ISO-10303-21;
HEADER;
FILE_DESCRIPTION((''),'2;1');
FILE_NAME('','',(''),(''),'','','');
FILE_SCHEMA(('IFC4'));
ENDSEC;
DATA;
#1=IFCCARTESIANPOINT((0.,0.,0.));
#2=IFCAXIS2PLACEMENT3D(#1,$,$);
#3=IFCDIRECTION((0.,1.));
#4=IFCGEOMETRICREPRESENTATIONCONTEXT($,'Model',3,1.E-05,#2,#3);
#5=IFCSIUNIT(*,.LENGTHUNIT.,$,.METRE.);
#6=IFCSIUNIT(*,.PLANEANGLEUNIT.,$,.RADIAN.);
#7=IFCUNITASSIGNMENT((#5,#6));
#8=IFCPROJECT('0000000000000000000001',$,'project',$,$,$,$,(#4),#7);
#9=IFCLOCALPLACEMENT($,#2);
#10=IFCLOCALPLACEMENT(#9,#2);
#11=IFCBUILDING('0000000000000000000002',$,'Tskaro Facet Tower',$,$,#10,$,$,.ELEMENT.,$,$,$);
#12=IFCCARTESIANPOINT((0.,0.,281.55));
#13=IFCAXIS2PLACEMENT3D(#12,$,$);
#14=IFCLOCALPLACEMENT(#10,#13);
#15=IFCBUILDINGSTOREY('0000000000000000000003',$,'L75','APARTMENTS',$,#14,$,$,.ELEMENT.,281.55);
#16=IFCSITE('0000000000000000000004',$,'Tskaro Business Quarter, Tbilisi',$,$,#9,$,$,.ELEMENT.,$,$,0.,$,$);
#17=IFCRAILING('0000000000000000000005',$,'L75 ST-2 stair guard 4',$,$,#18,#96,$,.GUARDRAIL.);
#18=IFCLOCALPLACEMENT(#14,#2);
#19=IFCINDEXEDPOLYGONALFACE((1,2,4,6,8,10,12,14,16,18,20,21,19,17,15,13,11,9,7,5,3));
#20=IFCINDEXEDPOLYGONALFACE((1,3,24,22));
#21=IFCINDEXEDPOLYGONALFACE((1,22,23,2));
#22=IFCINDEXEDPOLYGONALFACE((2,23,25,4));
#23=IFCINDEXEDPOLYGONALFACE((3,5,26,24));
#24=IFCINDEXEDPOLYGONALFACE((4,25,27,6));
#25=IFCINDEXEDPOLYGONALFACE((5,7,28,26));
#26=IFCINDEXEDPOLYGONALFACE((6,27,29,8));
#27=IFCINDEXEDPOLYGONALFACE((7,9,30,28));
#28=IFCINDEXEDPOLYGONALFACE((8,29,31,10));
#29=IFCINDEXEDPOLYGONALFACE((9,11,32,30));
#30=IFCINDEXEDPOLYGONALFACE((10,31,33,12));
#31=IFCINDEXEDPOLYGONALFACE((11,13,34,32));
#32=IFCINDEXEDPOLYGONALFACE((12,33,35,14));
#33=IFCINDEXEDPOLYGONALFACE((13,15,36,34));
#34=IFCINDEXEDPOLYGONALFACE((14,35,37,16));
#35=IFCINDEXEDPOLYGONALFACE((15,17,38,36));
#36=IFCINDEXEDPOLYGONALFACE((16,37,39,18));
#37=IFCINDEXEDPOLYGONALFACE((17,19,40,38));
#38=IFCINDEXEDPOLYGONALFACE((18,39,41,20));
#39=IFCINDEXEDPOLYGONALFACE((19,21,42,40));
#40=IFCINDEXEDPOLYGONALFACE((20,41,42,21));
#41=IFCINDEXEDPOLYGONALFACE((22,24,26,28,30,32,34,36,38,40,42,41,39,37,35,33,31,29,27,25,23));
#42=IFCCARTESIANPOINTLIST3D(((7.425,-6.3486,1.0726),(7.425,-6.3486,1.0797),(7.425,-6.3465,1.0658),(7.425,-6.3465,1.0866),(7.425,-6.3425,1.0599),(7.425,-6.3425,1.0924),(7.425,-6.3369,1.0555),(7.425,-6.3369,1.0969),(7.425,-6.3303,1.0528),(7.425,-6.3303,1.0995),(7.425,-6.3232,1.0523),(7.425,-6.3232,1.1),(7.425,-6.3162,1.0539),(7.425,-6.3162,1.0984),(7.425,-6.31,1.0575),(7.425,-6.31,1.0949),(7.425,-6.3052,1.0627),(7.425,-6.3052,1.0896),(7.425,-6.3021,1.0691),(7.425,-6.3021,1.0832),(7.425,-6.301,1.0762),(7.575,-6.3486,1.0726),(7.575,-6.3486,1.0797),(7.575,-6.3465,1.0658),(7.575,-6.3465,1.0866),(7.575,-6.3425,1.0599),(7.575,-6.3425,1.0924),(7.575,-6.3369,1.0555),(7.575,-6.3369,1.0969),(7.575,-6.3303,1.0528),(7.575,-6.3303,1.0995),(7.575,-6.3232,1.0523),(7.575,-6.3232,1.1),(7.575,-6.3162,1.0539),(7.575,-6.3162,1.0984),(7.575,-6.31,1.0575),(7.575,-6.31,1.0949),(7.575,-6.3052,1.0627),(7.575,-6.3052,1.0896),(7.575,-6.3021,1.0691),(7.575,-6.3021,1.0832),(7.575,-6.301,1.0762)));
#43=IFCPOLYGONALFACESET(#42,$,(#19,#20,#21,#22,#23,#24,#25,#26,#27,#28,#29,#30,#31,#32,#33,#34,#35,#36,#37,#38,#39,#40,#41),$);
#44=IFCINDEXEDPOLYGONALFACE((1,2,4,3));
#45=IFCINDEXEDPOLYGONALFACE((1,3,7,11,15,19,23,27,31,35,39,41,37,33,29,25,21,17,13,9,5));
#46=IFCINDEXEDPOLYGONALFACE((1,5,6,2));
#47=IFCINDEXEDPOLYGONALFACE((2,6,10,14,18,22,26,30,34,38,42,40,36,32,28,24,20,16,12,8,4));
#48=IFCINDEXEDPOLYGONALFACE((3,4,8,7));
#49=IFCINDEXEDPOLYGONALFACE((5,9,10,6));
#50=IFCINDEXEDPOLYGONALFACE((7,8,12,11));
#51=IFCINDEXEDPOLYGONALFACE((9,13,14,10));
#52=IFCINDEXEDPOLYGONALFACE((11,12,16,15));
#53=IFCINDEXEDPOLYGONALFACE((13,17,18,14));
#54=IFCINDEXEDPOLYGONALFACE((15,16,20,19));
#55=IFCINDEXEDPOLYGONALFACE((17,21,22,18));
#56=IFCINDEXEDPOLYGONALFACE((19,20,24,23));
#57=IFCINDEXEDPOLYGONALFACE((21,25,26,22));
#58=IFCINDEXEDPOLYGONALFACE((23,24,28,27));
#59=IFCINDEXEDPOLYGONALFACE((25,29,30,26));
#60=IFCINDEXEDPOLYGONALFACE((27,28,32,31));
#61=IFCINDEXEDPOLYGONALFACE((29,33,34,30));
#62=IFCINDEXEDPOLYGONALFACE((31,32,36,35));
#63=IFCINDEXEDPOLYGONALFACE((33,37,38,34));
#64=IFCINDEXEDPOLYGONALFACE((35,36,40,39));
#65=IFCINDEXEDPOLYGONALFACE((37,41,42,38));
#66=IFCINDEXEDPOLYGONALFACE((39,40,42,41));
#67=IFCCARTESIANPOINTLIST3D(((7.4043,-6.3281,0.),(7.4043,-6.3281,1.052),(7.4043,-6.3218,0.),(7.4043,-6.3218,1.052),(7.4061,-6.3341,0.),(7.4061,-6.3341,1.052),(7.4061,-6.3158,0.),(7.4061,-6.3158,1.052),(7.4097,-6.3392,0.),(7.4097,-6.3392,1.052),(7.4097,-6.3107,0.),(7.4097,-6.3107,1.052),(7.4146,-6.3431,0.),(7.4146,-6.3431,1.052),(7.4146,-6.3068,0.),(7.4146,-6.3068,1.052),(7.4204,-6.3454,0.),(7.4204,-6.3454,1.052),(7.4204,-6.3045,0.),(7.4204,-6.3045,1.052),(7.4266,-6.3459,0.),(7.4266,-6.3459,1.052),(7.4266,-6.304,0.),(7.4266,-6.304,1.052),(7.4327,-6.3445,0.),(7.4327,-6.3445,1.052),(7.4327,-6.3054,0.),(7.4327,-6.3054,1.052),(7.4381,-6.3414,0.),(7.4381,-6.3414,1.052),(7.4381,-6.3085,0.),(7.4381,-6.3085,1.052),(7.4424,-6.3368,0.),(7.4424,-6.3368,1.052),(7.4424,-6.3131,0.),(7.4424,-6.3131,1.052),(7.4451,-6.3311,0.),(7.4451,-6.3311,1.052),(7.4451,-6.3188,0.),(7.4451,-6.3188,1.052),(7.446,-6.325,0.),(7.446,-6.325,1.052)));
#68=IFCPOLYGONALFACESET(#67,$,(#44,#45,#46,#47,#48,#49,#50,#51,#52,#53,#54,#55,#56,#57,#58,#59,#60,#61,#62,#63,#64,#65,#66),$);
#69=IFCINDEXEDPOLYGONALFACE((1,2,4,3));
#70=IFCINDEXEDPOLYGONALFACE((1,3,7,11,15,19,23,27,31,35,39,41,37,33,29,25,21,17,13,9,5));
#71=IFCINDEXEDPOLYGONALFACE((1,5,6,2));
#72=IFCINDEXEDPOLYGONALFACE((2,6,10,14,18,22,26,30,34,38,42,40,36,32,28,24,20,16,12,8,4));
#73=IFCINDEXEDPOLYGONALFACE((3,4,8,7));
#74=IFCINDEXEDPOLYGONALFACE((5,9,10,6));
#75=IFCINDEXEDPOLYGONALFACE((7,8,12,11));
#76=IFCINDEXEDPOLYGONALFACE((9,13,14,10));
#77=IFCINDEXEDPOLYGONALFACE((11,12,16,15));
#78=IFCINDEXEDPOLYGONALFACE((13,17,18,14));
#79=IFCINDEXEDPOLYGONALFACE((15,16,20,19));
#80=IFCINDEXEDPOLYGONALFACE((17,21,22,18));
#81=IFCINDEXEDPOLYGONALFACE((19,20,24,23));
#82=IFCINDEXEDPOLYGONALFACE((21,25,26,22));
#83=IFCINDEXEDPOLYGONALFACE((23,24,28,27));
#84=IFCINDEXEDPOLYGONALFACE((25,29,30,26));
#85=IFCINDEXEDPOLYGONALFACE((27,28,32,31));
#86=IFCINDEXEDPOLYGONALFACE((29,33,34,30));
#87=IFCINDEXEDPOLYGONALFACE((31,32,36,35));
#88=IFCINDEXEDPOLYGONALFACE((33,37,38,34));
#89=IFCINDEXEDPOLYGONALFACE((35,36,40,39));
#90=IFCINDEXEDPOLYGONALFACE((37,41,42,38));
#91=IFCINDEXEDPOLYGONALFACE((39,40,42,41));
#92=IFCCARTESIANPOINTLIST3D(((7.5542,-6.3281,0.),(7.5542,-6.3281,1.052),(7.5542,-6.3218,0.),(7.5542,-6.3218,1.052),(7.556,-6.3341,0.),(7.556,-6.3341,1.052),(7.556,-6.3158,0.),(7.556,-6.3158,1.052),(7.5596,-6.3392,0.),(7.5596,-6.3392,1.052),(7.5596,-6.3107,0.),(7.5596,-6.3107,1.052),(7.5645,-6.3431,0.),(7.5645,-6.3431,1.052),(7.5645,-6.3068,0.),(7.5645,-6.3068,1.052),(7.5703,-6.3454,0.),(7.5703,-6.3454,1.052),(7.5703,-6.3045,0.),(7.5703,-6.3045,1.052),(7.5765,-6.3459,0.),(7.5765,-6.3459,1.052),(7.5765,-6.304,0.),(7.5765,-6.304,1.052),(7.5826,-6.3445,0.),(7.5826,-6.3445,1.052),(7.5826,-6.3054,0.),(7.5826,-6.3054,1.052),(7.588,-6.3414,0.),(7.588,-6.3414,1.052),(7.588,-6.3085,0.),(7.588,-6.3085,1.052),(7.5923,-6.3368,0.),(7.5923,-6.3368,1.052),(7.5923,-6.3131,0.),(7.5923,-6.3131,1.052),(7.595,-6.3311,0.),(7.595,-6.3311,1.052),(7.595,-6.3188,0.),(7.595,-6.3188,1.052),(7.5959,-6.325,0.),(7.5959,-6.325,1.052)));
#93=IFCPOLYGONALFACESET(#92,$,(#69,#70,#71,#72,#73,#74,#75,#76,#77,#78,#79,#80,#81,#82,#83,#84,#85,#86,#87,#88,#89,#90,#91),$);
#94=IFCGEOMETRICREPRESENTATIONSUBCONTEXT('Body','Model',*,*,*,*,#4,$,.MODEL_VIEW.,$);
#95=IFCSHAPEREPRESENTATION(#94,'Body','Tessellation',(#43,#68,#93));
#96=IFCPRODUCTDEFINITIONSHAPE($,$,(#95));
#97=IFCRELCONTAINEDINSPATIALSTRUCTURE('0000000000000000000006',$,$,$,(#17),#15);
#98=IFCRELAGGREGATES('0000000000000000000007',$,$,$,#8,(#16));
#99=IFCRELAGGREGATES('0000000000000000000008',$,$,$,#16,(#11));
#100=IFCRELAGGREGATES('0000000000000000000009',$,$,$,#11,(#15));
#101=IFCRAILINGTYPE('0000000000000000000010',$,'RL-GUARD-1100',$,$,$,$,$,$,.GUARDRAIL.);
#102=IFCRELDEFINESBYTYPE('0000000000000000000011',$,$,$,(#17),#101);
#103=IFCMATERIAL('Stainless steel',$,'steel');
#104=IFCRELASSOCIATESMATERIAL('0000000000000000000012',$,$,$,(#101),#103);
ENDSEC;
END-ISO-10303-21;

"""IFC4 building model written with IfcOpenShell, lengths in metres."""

from ifc_helpers import new_model, si_unit, direction, frame, origin, origin_2d, place, context, subcontext, project, spatial, circle, extrude, material, type_object, element, save


model = new_model("IFC4")

# Units and contexts
model_context = context("Model", 3, precision=1e-05, world=origin(), true_north=direction((0.0, 1.0)))
body_context = subcontext(model_context, "Body", "Model", "MODEL_VIEW")
ifc_project = project(units=[si_unit("LENGTHUNIT", "METRE"), si_unit("PLANEANGLEUNIT", "RADIAN")], contexts=[model_context])

# Site, building, storey
site_placement = place(None, origin())
site = spatial("IfcSite", under=ifc_project, at=site_placement, Name="Tskaro Business Quarter, Tbilisi", CompositionType="ELEMENT", RefElevation=0.0)
building_placement = place(site_placement, origin())
building = spatial("IfcBuilding", under=site, at=building_placement, Name="Tskaro Facet Tower", CompositionType="ELEMENT")
storey_placement = place(building_placement, frame((0.0, 0.0, 281.55)))
storey = spatial("IfcBuildingStorey", under=building, at=storey_placement, Name="L75", Description="APARTMENTS", CompositionType="ELEMENT", Elevation=281.55)

# Railing
ifc_material_1 = material(Name="Stainless steel", Category="steel")
railing_type_1 = type_object("IfcRailingType", Name="RL-GUARD-1100", PredefinedType="GUARDRAIL", material=ifc_material_1)
railing_1_placement = place(storey_placement, frame((7.425, -6.325, 0.0)))
element("IfcRailing", 1, at=railing_1_placement, inside=storey, type_object=railing_type_1, Name="L75 ST-2 stair guard 4", PredefinedType="GUARDRAIL", context=body_context, shape_type="SweptSolid", body=[
    extrude(circle(Radius=0.0239, at=origin_2d()), frame((0.0, 0.0, 1.0762), z_axis=(1.0, 0.0, 0.0), x_axis=(0.0, 1.0, 0.0)), (0.0, 0.0, 1.0), 0.1499),
    extrude(circle(Radius=0.021, at=origin_2d()), origin(), (0.0, 0.0, 1.0), 1.052),
    extrude(circle(Radius=0.021, at=origin_2d()), frame((0.1499, 0.0, 0.0)), (0.0, 0.0, 1.0), 1.052),
])

save(model, "model.ifc")
